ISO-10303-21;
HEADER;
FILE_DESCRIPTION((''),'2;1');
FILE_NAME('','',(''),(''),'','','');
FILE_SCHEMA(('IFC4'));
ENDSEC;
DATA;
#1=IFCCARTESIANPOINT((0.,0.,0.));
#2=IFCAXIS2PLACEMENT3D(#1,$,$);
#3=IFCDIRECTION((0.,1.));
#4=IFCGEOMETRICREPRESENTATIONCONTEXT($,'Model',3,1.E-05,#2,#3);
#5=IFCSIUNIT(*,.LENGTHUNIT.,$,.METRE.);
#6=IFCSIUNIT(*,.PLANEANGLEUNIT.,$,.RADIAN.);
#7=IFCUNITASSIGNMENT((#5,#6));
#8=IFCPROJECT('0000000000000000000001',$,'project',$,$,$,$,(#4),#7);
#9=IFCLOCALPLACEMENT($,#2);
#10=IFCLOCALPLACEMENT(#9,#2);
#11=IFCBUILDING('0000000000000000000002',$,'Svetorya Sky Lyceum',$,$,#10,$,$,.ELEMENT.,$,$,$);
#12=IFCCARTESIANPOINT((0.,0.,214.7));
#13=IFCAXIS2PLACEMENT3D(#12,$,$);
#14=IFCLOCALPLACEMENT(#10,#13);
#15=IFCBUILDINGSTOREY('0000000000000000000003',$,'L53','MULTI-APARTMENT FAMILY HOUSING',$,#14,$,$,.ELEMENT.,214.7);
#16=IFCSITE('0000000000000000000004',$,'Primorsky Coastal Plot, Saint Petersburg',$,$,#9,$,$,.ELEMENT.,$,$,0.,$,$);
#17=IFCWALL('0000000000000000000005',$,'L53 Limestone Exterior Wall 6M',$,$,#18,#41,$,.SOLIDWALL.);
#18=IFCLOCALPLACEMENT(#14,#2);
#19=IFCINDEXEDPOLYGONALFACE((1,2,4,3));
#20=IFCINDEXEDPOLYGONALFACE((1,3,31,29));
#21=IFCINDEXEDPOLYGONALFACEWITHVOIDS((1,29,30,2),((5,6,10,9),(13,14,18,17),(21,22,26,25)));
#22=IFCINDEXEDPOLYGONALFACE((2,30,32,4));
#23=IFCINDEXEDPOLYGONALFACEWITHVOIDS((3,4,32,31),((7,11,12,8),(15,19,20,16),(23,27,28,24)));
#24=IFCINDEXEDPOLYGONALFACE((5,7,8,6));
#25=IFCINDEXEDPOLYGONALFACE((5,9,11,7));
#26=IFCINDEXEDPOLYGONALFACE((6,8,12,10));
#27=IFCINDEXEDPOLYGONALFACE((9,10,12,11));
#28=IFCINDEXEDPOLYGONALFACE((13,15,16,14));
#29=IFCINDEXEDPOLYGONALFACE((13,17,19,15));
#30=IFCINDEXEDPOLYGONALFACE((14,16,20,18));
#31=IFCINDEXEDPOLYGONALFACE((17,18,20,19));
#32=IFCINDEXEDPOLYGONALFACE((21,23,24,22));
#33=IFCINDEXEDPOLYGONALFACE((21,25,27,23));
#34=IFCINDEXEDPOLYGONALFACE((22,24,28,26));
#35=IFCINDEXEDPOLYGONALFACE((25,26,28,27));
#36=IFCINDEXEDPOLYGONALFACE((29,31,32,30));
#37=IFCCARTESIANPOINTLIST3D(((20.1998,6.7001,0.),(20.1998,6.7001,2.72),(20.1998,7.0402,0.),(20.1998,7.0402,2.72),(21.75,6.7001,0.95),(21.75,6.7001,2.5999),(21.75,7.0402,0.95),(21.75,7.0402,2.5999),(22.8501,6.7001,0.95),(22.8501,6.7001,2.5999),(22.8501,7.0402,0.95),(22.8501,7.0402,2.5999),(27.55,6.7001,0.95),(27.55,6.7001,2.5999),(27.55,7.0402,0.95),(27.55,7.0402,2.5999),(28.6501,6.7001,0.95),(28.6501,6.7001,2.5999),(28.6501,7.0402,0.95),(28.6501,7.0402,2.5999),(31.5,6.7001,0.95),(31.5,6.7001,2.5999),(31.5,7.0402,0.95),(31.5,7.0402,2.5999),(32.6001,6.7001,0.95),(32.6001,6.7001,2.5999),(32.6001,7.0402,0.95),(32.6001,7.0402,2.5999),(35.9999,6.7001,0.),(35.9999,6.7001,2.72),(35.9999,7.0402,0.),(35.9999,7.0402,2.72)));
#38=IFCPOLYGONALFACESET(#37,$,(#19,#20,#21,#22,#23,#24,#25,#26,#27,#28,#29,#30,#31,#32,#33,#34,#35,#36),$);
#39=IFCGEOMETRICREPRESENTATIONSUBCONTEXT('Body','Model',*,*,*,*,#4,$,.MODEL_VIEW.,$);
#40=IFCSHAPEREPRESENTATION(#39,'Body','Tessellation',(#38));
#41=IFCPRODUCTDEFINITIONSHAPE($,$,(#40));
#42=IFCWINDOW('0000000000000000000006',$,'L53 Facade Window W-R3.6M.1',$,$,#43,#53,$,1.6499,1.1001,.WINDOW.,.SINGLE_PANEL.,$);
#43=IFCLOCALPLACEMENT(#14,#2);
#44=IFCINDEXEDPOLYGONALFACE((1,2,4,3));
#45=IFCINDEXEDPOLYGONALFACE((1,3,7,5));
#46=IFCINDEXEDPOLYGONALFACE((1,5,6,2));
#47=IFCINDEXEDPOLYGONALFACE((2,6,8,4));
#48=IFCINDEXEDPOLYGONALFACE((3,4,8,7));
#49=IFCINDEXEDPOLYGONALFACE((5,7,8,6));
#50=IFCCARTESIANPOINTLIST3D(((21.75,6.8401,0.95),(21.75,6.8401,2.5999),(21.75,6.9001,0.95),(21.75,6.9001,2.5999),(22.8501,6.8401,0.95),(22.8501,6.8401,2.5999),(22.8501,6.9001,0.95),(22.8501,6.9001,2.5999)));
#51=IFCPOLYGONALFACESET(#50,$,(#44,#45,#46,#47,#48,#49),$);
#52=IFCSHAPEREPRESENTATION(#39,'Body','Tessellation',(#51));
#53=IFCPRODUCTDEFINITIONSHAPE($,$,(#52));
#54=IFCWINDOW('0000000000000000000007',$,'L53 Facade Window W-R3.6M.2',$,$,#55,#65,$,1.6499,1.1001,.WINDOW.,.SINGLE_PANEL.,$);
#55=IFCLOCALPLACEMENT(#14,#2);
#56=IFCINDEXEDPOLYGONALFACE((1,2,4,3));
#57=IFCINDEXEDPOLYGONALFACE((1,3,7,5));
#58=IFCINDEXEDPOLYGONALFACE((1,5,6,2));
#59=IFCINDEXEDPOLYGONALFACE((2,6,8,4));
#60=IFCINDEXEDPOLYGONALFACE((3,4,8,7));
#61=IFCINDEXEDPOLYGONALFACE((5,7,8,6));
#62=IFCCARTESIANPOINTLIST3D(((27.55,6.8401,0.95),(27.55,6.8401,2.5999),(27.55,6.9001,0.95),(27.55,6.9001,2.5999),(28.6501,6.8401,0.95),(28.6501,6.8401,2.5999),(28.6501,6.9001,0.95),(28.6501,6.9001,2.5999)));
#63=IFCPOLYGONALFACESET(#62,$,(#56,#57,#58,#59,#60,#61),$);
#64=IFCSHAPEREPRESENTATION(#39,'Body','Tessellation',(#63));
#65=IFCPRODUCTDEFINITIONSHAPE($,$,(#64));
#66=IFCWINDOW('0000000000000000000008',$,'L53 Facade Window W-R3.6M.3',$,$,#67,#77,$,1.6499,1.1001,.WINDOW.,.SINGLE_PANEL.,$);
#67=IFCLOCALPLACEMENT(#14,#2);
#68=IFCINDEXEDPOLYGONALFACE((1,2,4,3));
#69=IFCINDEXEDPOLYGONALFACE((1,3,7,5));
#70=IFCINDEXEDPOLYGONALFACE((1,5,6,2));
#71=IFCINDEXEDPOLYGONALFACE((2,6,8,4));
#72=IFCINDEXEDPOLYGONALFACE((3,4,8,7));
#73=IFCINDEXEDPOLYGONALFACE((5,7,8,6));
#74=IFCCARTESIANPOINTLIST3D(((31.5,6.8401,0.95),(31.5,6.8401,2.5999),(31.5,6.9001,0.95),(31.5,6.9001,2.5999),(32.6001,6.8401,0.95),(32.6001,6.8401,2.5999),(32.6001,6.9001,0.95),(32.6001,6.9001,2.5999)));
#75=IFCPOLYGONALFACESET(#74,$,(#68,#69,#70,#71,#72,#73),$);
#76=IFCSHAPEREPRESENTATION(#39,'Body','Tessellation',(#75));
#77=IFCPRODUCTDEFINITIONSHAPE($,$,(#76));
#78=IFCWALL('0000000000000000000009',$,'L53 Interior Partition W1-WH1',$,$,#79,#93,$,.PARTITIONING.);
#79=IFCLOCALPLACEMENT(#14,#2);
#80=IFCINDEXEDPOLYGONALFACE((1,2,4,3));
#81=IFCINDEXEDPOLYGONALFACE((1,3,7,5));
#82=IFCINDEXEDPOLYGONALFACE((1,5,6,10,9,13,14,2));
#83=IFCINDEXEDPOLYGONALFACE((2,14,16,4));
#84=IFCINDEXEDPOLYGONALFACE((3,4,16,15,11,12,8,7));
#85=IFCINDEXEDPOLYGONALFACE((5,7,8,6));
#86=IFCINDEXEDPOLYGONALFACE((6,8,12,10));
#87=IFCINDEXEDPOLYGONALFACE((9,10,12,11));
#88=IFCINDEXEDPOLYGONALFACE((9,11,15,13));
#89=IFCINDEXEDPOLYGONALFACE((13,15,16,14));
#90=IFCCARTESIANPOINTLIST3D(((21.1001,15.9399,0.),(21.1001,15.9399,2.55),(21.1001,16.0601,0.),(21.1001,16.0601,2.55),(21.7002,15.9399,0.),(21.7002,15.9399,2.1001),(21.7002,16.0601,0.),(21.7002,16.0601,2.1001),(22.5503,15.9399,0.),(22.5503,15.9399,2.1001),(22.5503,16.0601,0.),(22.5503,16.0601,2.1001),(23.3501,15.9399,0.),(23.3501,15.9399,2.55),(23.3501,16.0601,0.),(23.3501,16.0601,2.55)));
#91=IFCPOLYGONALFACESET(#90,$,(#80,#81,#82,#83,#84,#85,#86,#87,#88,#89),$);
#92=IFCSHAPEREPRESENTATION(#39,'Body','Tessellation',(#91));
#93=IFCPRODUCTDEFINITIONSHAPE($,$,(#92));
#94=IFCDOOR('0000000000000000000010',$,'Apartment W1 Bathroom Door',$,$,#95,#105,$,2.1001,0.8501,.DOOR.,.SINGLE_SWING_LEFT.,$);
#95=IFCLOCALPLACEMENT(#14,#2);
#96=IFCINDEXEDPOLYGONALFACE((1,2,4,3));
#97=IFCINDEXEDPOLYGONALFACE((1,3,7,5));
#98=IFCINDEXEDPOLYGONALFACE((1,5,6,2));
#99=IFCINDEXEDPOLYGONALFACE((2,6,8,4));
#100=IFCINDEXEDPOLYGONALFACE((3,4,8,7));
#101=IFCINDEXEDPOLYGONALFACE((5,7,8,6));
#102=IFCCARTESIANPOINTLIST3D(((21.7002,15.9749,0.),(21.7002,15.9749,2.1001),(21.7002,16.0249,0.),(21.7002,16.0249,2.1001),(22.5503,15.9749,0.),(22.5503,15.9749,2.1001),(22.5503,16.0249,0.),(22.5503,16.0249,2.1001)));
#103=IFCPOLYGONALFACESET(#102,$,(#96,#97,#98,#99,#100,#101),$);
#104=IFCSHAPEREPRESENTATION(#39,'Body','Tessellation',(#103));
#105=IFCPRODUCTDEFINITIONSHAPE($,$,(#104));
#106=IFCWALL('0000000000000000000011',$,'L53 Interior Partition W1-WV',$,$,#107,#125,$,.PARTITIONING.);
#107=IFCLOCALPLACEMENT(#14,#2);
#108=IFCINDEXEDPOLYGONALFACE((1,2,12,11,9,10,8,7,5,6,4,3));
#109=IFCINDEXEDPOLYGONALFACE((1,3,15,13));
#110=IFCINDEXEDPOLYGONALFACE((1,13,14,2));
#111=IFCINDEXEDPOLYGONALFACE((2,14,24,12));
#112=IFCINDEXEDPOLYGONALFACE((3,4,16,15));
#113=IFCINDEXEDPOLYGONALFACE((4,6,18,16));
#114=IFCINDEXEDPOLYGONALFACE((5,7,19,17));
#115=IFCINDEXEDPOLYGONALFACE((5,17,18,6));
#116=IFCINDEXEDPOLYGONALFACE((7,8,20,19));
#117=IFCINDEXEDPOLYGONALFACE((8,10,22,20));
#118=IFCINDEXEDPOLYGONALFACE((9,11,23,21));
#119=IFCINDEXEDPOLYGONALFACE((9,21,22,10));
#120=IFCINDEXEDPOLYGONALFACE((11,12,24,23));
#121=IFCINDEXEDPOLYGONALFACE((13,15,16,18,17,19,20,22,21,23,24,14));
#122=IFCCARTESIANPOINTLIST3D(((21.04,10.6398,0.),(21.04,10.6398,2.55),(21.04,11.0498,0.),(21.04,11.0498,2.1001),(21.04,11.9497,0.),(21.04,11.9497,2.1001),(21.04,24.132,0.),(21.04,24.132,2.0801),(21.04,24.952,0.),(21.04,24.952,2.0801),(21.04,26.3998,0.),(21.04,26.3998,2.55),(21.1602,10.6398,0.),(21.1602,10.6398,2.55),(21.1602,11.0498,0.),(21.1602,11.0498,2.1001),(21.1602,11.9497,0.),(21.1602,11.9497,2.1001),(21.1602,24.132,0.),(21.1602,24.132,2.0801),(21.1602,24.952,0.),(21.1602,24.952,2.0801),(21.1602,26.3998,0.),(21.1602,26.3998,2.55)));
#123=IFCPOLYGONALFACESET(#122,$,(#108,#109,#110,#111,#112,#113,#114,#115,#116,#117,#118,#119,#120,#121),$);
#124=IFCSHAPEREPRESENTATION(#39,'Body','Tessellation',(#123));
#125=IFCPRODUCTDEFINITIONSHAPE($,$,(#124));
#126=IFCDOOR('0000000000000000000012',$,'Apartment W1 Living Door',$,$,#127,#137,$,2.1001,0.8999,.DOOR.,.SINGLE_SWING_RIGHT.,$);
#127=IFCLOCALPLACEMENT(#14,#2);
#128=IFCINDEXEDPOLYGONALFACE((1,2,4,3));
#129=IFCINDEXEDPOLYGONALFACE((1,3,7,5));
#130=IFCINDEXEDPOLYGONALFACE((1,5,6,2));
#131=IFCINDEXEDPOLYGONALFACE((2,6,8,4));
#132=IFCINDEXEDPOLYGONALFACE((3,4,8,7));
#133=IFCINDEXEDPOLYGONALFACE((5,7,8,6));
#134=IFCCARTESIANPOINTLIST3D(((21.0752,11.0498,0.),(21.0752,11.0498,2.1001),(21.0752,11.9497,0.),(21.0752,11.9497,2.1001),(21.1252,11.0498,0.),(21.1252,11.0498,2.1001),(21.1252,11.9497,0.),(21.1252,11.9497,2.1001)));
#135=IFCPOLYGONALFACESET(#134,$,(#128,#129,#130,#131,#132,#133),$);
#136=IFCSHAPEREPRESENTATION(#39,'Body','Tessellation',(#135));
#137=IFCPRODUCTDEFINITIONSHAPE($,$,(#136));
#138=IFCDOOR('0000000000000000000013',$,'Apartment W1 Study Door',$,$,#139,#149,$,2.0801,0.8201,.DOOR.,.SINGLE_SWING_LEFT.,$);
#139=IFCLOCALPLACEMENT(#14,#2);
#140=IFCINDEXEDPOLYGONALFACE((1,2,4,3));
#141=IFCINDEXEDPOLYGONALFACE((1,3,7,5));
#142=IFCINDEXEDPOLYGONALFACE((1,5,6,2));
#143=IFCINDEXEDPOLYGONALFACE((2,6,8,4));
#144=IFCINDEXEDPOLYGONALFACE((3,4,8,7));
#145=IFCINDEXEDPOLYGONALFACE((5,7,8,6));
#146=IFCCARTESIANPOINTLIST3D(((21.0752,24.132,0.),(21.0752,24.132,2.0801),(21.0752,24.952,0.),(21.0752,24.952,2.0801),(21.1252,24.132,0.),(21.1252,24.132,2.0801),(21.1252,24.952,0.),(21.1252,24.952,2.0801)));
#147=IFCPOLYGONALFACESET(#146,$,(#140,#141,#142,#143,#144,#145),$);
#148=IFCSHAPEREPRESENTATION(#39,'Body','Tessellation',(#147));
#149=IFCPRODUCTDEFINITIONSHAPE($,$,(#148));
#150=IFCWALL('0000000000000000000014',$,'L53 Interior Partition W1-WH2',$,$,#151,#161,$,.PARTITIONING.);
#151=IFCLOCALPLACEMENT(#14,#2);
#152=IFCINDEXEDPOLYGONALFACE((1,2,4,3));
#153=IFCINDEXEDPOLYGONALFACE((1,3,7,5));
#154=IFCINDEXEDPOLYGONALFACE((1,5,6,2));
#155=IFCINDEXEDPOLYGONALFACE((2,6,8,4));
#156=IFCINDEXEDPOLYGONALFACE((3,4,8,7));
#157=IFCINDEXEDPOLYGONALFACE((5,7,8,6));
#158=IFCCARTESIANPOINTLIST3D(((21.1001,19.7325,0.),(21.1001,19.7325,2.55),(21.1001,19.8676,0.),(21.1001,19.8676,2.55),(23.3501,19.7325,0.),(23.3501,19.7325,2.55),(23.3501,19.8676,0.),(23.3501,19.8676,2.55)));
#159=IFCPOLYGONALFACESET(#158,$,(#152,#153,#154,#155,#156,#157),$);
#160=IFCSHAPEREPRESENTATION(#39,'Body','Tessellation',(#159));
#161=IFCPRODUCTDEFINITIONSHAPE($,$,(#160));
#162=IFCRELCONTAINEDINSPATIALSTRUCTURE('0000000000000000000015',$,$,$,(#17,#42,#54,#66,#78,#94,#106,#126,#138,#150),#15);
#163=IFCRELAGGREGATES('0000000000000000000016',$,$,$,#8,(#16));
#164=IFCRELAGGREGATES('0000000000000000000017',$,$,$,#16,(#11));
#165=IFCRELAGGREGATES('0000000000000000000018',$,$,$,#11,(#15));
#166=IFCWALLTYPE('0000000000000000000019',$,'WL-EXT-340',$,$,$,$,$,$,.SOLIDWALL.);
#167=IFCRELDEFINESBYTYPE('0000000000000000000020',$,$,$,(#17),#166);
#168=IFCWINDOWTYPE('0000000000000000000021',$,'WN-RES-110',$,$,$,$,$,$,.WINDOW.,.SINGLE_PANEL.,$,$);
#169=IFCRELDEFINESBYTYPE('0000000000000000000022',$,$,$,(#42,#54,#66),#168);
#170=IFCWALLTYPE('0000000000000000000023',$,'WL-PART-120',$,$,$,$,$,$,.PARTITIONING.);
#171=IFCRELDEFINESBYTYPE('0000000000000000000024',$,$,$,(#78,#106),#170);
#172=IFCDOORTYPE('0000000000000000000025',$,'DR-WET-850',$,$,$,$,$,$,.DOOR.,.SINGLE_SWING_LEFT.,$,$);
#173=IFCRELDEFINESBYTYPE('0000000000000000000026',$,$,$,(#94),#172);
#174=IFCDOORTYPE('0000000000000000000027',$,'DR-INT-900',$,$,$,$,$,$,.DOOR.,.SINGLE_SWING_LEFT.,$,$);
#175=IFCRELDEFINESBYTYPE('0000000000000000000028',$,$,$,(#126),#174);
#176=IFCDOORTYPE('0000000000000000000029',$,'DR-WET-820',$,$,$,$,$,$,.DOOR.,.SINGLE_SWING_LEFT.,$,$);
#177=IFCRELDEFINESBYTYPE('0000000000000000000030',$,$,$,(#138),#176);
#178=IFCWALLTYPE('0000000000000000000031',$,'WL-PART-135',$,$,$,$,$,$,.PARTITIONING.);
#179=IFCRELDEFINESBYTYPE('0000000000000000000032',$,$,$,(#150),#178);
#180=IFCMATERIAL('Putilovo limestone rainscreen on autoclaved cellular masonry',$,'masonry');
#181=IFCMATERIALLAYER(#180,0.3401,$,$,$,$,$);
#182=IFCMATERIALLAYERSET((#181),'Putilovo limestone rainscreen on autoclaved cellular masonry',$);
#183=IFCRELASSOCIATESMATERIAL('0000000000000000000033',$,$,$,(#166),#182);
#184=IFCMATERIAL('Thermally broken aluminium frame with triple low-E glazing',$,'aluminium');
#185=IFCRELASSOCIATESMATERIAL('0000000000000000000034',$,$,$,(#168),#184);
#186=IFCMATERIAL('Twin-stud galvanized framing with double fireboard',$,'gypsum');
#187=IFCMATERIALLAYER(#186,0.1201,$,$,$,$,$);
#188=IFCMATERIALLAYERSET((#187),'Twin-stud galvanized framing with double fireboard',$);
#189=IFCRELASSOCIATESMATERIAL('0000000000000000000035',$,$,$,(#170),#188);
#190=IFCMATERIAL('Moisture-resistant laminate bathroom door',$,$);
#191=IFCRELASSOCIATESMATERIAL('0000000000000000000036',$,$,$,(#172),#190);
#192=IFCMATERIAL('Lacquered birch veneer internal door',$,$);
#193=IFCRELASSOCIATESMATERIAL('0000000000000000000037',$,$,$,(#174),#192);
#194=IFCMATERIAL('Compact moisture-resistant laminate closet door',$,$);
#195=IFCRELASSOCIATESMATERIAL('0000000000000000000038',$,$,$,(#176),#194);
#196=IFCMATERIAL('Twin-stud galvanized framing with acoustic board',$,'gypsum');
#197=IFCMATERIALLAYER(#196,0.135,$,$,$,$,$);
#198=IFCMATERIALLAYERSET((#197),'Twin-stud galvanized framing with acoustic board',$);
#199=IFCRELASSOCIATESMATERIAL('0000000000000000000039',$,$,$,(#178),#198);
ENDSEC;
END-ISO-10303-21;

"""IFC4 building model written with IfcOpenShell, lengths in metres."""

from ifc_helpers import new_model, si_unit, direction, frame, frame_2d, origin, place, context, subcontext, project, spatial, rectangle, extrude, material, layer, layer_set, type_object, element, fill, save


model = new_model("IFC4")

# Units and contexts
model_context = context("Model", 3, precision=1e-05, world=origin(), true_north=direction((0.0, 1.0)))
body_context = subcontext(model_context, "Body", "Model", "MODEL_VIEW")
ifc_project = project(units=[si_unit("LENGTHUNIT", "METRE"), si_unit("PLANEANGLEUNIT", "RADIAN")], contexts=[model_context])

# Site, building, storey
site_placement = place(None, origin())
site = spatial("IfcSite", under=ifc_project, at=site_placement, Name="Primorsky Coastal Plot, Saint Petersburg", CompositionType="ELEMENT", RefElevation=0.0)
building_placement = place(site_placement, origin())
building = spatial("IfcBuilding", under=site, at=building_placement, Name="Svetorya Sky Lyceum", CompositionType="ELEMENT")
storey_placement = place(building_placement, frame((0.0, 0.0, 214.7)))
storey = spatial("IfcBuildingStorey", under=building, at=storey_placement, Name="L53", Description="MULTI-APARTMENT FAMILY HOUSING", CompositionType="ELEMENT", Elevation=214.7)

# Shared definitions
ifc_material_1 = material(Name="Putilovo limestone rainscreen on autoclaved cellular masonry", Category="masonry")
ifc_layer_1 = layer(ifc_material_1, 0.3401)
ifc_layer_set_1 = layer_set([ifc_layer_1], Name="Putilovo limestone rainscreen on autoclaved cellular masonry")
wall_type_1 = type_object("IfcWallType", Name="WL-EXT-340", PredefinedType="SOLIDWALL", material=ifc_layer_set_1)

# Wall, openings, windows
wall_1_placement = place(storey_placement, frame((20.2, 6.8701, 0.0), z_axis=(0.0, 0.0, 1.0), x_axis=(1.0, 0.0, 0.0)))
wall_1 = element("IfcWall", 1, at=wall_1_placement, inside=storey, type_object=wall_type_1, Name="L53 Limestone Exterior Wall 6M", PredefinedType="SOLIDWALL", context=body_context, shape_type="SweptSolid", body=[
    extrude(rectangle(XDim=15.8, YDim=0.3401, at=frame_2d((7.8999, 0.0))), origin(), (0.0, 0.0, 1.0), 2.72),
])
opening_1_placement = place(wall_1_placement, frame((1.55, 0.0, 0.95)))
opening_1 = element("IfcOpeningElement", 2, at=opening_1_placement, cuts=wall_1, PredefinedType="OPENING", context=body_context, shape_type="SweptSolid", body=[
    extrude(rectangle(XDim=1.1001, YDim=1.6499, at=frame_2d((0.55, 0.825))), frame((0.0, 0.1799, 0.0), z_axis=(0.0, -1.0, 0.0), x_axis=(1.0, 0.0, 0.0)), (0.0, 0.0, 1.0), 0.3601),
])
opening_2_placement = place(wall_1_placement, frame((7.3501, 0.0, 0.95)))
opening_2 = element("IfcOpeningElement", 3, at=opening_2_placement, cuts=wall_1, PredefinedType="OPENING", context=body_context, shape_type="SweptSolid", body=[
    extrude(rectangle(XDim=1.1001, YDim=1.6499, at=frame_2d((0.55, 0.825))), frame((0.0, 0.1799, 0.0), z_axis=(0.0, -1.0, 0.0), x_axis=(1.0, 0.0, 0.0)), (0.0, 0.0, 1.0), 0.3601),
])
opening_3_placement = place(wall_1_placement, frame((11.3, 0.0, 0.95)))
opening_3 = element("IfcOpeningElement", 4, at=opening_3_placement, cuts=wall_1, PredefinedType="OPENING", context=body_context, shape_type="SweptSolid", body=[
    extrude(rectangle(XDim=1.1001, YDim=1.6499, at=frame_2d((0.55, 0.825))), frame((0.0, 0.1799, 0.0), z_axis=(0.0, -1.0, 0.0), x_axis=(1.0, 0.0, 0.0)), (0.0, 0.0, 1.0), 0.3601),
])
ifc_material_2 = material(Name="Thermally broken aluminium frame with triple low-E glazing", Category="aluminium")
window_type = type_object("IfcWindowType", Name="WN-RES-110", PartitioningType="SINGLE_PANEL", PredefinedType="WINDOW", material=ifc_material_2)
window_1_placement = place(opening_1_placement, origin())
window_1 = element("IfcWindow", 5, at=window_1_placement, inside=storey, type_object=window_type, Name="L53 Facade Window W-R3.6M.1", OverallHeight=1.6499, OverallWidth=1.1001, PartitioningType="SINGLE_PANEL", PredefinedType="WINDOW", context=body_context, shape_type="SweptSolid", body=[
    extrude(rectangle(XDim=1.1001, YDim=1.6499, at=frame_2d((0.55, 0.825))), frame((0.0, 0.03, 0.0), z_axis=(0.0, -1.0, 0.0), x_axis=(1.0, 0.0, 0.0)), (0.0, 0.0, 1.0), 0.0601),
])
fill(opening_1, window_1)
window_2_placement = place(opening_2_placement, origin())
window_2 = element("IfcWindow", 6, at=window_2_placement, inside=storey, type_object=window_type, Name="L53 Facade Window W-R3.6M.2", OverallHeight=1.6499, OverallWidth=1.1001, PartitioningType="SINGLE_PANEL", PredefinedType="WINDOW", context=body_context, shape_type="SweptSolid", body=[
    extrude(rectangle(XDim=1.1001, YDim=1.6499, at=frame_2d((0.55, 0.825))), frame((0.0, 0.03, 0.0), z_axis=(0.0, -1.0, 0.0), x_axis=(1.0, 0.0, 0.0)), (0.0, 0.0, 1.0), 0.0601),
])
fill(opening_2, window_2)
window_3_placement = place(opening_3_placement, origin())
window_3 = element("IfcWindow", 7, at=window_3_placement, inside=storey, type_object=window_type, Name="L53 Facade Window W-R3.6M.3", OverallHeight=1.6499, OverallWidth=1.1001, PartitioningType="SINGLE_PANEL", PredefinedType="WINDOW", context=body_context, shape_type="SweptSolid", body=[
    extrude(rectangle(XDim=1.1001, YDim=1.6499, at=frame_2d((0.55, 0.825))), frame((0.0, 0.03, 0.0), z_axis=(0.0, -1.0, 0.0), x_axis=(1.0, 0.0, 0.0)), (0.0, 0.0, 1.0), 0.0601),
])
fill(opening_3, window_3)

# Wall, opening, door
ifc_material_3 = material(Name="Twin-stud galvanized framing with double fireboard", Category="gypsum")
ifc_layer_2 = layer(ifc_material_3, 0.1201)
ifc_layer_set_2 = layer_set([ifc_layer_2], Name="Twin-stud galvanized framing with double fireboard")
wall_type_2 = type_object("IfcWallType", Name="WL-PART-120", PredefinedType="PARTITIONING", material=ifc_layer_set_2)
wall_2_placement = place(storey_placement, frame((21.1001, 16.0, 0.0), z_axis=(0.0, 0.0, 1.0), x_axis=(1.0, 0.0, 0.0)))
wall_2 = element("IfcWall", 8, at=wall_2_placement, inside=storey, type_object=wall_type_2, Name="L53 Interior Partition W1-WH1", PredefinedType="PARTITIONING", context=body_context, shape_type="SweptSolid", body=[
    extrude(rectangle(XDim=2.25, YDim=0.1201, at=frame_2d((1.125, 0.0))), origin(), (0.0, 0.0, 1.0), 2.55),
])
opening_4_placement = place(wall_2_placement, frame((0.6001, 0.0, 0.0)))
opening_4 = element("IfcOpeningElement", 9, at=opening_4_placement, cuts=wall_2, PredefinedType="OPENING", context=body_context, shape_type="SweptSolid", body=[
    extrude(rectangle(XDim=0.8501, YDim=2.1001, at=frame_2d((0.425, 1.05))), frame((0.0, 0.0701, 0.0), z_axis=(0.0, -1.0, 0.0), x_axis=(1.0, 0.0, 0.0)), (0.0, 0.0, 1.0), 0.1401),
])
ifc_material_4 = material(Name="Moisture-resistant laminate bathroom door")
door_type_1 = type_object("IfcDoorType", Name="DR-WET-850", OperationType="SINGLE_SWING_LEFT", PredefinedType="DOOR", material=ifc_material_4)
door_1_placement = place(opening_4_placement, origin())
door_1 = element("IfcDoor", 10, at=door_1_placement, inside=storey, type_object=door_type_1, Name="Apartment W1 Bathroom Door", OperationType="SINGLE_SWING_LEFT", OverallHeight=2.1001, OverallWidth=0.8501, PredefinedType="DOOR", context=body_context, shape_type="SweptSolid", body=[
    extrude(rectangle(XDim=0.8501, YDim=2.1001, at=frame_2d((0.425, 1.05))), frame((0.0, 0.0249, 0.0), z_axis=(0.0, -1.0, 0.0), x_axis=(1.0, 0.0, 0.0)), (0.0, 0.0, 1.0), 0.05),
])
fill(opening_4, door_1)

# Wall, openings, doors
wall_3_placement = place(storey_placement, frame((21.1001, 10.6399, 0.0), z_axis=(0.0, 0.0, 1.0), x_axis=(0.0, 1.0, 0.0)))
wall_3 = element("IfcWall", 11, at=wall_3_placement, inside=storey, type_object=wall_type_2, Name="L53 Interior Partition W1-WV", PredefinedType="PARTITIONING", context=body_context, shape_type="SweptSolid", body=[
    extrude(rectangle(XDim=15.76, YDim=0.1201, at=frame_2d((7.8799, 0.0))), origin(), (0.0, 0.0, 1.0), 2.55),
])
opening_5_placement = place(wall_3_placement, frame((0.4099, 0.0, 0.0)))
opening_5 = element("IfcOpeningElement", 12, at=opening_5_placement, cuts=wall_3, PredefinedType="OPENING", context=body_context, shape_type="SweptSolid", body=[
    extrude(rectangle(XDim=0.8999, YDim=2.1001, at=frame_2d((0.45, 1.05))), frame((0.0, 0.0701, 0.0), z_axis=(0.0, -1.0, 0.0), x_axis=(1.0, 0.0, 0.0)), (0.0, 0.0, 1.0), 0.1401),
])
opening_6_placement = place(wall_3_placement, frame((13.4919, 0.0, 0.0)))
opening_6 = element("IfcOpeningElement", 13, at=opening_6_placement, cuts=wall_3, PredefinedType="OPENING", context=body_context, shape_type="SweptSolid", body=[
    extrude(rectangle(XDim=0.8201, YDim=2.0801, at=frame_2d((0.4102, 1.04))), frame((0.0, 0.0701, 0.0), z_axis=(0.0, -1.0, 0.0), x_axis=(1.0, 0.0, 0.0)), (0.0, 0.0, 1.0), 0.1401),
])
ifc_material_5 = material(Name="Lacquered birch veneer internal door")
door_type_2 = type_object("IfcDoorType", Name="DR-INT-900", OperationType="SINGLE_SWING_LEFT", PredefinedType="DOOR", material=ifc_material_5)
door_2_placement = place(opening_5_placement, origin())
door_2 = element("IfcDoor", 14, at=door_2_placement, inside=storey, type_object=door_type_2, Name="Apartment W1 Living Door", OperationType="SINGLE_SWING_RIGHT", OverallHeight=2.1001, OverallWidth=0.8999, PredefinedType="DOOR", context=body_context, shape_type="SweptSolid", body=[
    extrude(rectangle(XDim=0.8999, YDim=2.1001, at=frame_2d((0.45, 1.05))), frame((0.0, 0.0249, 0.0), z_axis=(0.0, -1.0, 0.0), x_axis=(1.0, 0.0, 0.0)), (0.0, 0.0, 1.0), 0.05),
])
fill(opening_5, door_2)
ifc_material_6 = material(Name="Compact moisture-resistant laminate closet door")
door_type_3 = type_object("IfcDoorType", Name="DR-WET-820", OperationType="SINGLE_SWING_LEFT", PredefinedType="DOOR", material=ifc_material_6)
door_3_placement = place(opening_6_placement, origin())
door_3 = element("IfcDoor", 15, at=door_3_placement, inside=storey, type_object=door_type_3, Name="Apartment W1 Study Door", OperationType="SINGLE_SWING_LEFT", OverallHeight=2.0801, OverallWidth=0.8201, PredefinedType="DOOR", context=body_context, shape_type="SweptSolid", body=[
    extrude(rectangle(XDim=0.8201, YDim=2.0801, at=frame_2d((0.4102, 1.04))), frame((0.0, 0.0249, 0.0), z_axis=(0.0, -1.0, 0.0), x_axis=(1.0, 0.0, 0.0)), (0.0, 0.0, 1.0), 0.05),
])
fill(opening_6, door_3)

# Wall
ifc_material_7 = material(Name="Twin-stud galvanized framing with acoustic board", Category="gypsum")
ifc_layer_3 = layer(ifc_material_7, 0.135)
ifc_layer_set_3 = layer_set([ifc_layer_3], Name="Twin-stud galvanized framing with acoustic board")
wall_type_3 = type_object("IfcWallType", Name="WL-PART-135", PredefinedType="PARTITIONING", material=ifc_layer_set_3)
wall_4_placement = place(storey_placement, frame((21.1001, 19.8, 0.0), z_axis=(0.0, 0.0, 1.0), x_axis=(1.0, 0.0, 0.0)))
element("IfcWall", 16, at=wall_4_placement, inside=storey, type_object=wall_type_3, Name="L53 Interior Partition W1-WH2", PredefinedType="PARTITIONING", context=body_context, shape_type="SweptSolid", body=[
    extrude(rectangle(XDim=2.25, YDim=0.135, at=frame_2d((1.125, 0.0))), origin(), (0.0, 0.0, 1.0), 2.55),
])

save(model, "model.ifc")
